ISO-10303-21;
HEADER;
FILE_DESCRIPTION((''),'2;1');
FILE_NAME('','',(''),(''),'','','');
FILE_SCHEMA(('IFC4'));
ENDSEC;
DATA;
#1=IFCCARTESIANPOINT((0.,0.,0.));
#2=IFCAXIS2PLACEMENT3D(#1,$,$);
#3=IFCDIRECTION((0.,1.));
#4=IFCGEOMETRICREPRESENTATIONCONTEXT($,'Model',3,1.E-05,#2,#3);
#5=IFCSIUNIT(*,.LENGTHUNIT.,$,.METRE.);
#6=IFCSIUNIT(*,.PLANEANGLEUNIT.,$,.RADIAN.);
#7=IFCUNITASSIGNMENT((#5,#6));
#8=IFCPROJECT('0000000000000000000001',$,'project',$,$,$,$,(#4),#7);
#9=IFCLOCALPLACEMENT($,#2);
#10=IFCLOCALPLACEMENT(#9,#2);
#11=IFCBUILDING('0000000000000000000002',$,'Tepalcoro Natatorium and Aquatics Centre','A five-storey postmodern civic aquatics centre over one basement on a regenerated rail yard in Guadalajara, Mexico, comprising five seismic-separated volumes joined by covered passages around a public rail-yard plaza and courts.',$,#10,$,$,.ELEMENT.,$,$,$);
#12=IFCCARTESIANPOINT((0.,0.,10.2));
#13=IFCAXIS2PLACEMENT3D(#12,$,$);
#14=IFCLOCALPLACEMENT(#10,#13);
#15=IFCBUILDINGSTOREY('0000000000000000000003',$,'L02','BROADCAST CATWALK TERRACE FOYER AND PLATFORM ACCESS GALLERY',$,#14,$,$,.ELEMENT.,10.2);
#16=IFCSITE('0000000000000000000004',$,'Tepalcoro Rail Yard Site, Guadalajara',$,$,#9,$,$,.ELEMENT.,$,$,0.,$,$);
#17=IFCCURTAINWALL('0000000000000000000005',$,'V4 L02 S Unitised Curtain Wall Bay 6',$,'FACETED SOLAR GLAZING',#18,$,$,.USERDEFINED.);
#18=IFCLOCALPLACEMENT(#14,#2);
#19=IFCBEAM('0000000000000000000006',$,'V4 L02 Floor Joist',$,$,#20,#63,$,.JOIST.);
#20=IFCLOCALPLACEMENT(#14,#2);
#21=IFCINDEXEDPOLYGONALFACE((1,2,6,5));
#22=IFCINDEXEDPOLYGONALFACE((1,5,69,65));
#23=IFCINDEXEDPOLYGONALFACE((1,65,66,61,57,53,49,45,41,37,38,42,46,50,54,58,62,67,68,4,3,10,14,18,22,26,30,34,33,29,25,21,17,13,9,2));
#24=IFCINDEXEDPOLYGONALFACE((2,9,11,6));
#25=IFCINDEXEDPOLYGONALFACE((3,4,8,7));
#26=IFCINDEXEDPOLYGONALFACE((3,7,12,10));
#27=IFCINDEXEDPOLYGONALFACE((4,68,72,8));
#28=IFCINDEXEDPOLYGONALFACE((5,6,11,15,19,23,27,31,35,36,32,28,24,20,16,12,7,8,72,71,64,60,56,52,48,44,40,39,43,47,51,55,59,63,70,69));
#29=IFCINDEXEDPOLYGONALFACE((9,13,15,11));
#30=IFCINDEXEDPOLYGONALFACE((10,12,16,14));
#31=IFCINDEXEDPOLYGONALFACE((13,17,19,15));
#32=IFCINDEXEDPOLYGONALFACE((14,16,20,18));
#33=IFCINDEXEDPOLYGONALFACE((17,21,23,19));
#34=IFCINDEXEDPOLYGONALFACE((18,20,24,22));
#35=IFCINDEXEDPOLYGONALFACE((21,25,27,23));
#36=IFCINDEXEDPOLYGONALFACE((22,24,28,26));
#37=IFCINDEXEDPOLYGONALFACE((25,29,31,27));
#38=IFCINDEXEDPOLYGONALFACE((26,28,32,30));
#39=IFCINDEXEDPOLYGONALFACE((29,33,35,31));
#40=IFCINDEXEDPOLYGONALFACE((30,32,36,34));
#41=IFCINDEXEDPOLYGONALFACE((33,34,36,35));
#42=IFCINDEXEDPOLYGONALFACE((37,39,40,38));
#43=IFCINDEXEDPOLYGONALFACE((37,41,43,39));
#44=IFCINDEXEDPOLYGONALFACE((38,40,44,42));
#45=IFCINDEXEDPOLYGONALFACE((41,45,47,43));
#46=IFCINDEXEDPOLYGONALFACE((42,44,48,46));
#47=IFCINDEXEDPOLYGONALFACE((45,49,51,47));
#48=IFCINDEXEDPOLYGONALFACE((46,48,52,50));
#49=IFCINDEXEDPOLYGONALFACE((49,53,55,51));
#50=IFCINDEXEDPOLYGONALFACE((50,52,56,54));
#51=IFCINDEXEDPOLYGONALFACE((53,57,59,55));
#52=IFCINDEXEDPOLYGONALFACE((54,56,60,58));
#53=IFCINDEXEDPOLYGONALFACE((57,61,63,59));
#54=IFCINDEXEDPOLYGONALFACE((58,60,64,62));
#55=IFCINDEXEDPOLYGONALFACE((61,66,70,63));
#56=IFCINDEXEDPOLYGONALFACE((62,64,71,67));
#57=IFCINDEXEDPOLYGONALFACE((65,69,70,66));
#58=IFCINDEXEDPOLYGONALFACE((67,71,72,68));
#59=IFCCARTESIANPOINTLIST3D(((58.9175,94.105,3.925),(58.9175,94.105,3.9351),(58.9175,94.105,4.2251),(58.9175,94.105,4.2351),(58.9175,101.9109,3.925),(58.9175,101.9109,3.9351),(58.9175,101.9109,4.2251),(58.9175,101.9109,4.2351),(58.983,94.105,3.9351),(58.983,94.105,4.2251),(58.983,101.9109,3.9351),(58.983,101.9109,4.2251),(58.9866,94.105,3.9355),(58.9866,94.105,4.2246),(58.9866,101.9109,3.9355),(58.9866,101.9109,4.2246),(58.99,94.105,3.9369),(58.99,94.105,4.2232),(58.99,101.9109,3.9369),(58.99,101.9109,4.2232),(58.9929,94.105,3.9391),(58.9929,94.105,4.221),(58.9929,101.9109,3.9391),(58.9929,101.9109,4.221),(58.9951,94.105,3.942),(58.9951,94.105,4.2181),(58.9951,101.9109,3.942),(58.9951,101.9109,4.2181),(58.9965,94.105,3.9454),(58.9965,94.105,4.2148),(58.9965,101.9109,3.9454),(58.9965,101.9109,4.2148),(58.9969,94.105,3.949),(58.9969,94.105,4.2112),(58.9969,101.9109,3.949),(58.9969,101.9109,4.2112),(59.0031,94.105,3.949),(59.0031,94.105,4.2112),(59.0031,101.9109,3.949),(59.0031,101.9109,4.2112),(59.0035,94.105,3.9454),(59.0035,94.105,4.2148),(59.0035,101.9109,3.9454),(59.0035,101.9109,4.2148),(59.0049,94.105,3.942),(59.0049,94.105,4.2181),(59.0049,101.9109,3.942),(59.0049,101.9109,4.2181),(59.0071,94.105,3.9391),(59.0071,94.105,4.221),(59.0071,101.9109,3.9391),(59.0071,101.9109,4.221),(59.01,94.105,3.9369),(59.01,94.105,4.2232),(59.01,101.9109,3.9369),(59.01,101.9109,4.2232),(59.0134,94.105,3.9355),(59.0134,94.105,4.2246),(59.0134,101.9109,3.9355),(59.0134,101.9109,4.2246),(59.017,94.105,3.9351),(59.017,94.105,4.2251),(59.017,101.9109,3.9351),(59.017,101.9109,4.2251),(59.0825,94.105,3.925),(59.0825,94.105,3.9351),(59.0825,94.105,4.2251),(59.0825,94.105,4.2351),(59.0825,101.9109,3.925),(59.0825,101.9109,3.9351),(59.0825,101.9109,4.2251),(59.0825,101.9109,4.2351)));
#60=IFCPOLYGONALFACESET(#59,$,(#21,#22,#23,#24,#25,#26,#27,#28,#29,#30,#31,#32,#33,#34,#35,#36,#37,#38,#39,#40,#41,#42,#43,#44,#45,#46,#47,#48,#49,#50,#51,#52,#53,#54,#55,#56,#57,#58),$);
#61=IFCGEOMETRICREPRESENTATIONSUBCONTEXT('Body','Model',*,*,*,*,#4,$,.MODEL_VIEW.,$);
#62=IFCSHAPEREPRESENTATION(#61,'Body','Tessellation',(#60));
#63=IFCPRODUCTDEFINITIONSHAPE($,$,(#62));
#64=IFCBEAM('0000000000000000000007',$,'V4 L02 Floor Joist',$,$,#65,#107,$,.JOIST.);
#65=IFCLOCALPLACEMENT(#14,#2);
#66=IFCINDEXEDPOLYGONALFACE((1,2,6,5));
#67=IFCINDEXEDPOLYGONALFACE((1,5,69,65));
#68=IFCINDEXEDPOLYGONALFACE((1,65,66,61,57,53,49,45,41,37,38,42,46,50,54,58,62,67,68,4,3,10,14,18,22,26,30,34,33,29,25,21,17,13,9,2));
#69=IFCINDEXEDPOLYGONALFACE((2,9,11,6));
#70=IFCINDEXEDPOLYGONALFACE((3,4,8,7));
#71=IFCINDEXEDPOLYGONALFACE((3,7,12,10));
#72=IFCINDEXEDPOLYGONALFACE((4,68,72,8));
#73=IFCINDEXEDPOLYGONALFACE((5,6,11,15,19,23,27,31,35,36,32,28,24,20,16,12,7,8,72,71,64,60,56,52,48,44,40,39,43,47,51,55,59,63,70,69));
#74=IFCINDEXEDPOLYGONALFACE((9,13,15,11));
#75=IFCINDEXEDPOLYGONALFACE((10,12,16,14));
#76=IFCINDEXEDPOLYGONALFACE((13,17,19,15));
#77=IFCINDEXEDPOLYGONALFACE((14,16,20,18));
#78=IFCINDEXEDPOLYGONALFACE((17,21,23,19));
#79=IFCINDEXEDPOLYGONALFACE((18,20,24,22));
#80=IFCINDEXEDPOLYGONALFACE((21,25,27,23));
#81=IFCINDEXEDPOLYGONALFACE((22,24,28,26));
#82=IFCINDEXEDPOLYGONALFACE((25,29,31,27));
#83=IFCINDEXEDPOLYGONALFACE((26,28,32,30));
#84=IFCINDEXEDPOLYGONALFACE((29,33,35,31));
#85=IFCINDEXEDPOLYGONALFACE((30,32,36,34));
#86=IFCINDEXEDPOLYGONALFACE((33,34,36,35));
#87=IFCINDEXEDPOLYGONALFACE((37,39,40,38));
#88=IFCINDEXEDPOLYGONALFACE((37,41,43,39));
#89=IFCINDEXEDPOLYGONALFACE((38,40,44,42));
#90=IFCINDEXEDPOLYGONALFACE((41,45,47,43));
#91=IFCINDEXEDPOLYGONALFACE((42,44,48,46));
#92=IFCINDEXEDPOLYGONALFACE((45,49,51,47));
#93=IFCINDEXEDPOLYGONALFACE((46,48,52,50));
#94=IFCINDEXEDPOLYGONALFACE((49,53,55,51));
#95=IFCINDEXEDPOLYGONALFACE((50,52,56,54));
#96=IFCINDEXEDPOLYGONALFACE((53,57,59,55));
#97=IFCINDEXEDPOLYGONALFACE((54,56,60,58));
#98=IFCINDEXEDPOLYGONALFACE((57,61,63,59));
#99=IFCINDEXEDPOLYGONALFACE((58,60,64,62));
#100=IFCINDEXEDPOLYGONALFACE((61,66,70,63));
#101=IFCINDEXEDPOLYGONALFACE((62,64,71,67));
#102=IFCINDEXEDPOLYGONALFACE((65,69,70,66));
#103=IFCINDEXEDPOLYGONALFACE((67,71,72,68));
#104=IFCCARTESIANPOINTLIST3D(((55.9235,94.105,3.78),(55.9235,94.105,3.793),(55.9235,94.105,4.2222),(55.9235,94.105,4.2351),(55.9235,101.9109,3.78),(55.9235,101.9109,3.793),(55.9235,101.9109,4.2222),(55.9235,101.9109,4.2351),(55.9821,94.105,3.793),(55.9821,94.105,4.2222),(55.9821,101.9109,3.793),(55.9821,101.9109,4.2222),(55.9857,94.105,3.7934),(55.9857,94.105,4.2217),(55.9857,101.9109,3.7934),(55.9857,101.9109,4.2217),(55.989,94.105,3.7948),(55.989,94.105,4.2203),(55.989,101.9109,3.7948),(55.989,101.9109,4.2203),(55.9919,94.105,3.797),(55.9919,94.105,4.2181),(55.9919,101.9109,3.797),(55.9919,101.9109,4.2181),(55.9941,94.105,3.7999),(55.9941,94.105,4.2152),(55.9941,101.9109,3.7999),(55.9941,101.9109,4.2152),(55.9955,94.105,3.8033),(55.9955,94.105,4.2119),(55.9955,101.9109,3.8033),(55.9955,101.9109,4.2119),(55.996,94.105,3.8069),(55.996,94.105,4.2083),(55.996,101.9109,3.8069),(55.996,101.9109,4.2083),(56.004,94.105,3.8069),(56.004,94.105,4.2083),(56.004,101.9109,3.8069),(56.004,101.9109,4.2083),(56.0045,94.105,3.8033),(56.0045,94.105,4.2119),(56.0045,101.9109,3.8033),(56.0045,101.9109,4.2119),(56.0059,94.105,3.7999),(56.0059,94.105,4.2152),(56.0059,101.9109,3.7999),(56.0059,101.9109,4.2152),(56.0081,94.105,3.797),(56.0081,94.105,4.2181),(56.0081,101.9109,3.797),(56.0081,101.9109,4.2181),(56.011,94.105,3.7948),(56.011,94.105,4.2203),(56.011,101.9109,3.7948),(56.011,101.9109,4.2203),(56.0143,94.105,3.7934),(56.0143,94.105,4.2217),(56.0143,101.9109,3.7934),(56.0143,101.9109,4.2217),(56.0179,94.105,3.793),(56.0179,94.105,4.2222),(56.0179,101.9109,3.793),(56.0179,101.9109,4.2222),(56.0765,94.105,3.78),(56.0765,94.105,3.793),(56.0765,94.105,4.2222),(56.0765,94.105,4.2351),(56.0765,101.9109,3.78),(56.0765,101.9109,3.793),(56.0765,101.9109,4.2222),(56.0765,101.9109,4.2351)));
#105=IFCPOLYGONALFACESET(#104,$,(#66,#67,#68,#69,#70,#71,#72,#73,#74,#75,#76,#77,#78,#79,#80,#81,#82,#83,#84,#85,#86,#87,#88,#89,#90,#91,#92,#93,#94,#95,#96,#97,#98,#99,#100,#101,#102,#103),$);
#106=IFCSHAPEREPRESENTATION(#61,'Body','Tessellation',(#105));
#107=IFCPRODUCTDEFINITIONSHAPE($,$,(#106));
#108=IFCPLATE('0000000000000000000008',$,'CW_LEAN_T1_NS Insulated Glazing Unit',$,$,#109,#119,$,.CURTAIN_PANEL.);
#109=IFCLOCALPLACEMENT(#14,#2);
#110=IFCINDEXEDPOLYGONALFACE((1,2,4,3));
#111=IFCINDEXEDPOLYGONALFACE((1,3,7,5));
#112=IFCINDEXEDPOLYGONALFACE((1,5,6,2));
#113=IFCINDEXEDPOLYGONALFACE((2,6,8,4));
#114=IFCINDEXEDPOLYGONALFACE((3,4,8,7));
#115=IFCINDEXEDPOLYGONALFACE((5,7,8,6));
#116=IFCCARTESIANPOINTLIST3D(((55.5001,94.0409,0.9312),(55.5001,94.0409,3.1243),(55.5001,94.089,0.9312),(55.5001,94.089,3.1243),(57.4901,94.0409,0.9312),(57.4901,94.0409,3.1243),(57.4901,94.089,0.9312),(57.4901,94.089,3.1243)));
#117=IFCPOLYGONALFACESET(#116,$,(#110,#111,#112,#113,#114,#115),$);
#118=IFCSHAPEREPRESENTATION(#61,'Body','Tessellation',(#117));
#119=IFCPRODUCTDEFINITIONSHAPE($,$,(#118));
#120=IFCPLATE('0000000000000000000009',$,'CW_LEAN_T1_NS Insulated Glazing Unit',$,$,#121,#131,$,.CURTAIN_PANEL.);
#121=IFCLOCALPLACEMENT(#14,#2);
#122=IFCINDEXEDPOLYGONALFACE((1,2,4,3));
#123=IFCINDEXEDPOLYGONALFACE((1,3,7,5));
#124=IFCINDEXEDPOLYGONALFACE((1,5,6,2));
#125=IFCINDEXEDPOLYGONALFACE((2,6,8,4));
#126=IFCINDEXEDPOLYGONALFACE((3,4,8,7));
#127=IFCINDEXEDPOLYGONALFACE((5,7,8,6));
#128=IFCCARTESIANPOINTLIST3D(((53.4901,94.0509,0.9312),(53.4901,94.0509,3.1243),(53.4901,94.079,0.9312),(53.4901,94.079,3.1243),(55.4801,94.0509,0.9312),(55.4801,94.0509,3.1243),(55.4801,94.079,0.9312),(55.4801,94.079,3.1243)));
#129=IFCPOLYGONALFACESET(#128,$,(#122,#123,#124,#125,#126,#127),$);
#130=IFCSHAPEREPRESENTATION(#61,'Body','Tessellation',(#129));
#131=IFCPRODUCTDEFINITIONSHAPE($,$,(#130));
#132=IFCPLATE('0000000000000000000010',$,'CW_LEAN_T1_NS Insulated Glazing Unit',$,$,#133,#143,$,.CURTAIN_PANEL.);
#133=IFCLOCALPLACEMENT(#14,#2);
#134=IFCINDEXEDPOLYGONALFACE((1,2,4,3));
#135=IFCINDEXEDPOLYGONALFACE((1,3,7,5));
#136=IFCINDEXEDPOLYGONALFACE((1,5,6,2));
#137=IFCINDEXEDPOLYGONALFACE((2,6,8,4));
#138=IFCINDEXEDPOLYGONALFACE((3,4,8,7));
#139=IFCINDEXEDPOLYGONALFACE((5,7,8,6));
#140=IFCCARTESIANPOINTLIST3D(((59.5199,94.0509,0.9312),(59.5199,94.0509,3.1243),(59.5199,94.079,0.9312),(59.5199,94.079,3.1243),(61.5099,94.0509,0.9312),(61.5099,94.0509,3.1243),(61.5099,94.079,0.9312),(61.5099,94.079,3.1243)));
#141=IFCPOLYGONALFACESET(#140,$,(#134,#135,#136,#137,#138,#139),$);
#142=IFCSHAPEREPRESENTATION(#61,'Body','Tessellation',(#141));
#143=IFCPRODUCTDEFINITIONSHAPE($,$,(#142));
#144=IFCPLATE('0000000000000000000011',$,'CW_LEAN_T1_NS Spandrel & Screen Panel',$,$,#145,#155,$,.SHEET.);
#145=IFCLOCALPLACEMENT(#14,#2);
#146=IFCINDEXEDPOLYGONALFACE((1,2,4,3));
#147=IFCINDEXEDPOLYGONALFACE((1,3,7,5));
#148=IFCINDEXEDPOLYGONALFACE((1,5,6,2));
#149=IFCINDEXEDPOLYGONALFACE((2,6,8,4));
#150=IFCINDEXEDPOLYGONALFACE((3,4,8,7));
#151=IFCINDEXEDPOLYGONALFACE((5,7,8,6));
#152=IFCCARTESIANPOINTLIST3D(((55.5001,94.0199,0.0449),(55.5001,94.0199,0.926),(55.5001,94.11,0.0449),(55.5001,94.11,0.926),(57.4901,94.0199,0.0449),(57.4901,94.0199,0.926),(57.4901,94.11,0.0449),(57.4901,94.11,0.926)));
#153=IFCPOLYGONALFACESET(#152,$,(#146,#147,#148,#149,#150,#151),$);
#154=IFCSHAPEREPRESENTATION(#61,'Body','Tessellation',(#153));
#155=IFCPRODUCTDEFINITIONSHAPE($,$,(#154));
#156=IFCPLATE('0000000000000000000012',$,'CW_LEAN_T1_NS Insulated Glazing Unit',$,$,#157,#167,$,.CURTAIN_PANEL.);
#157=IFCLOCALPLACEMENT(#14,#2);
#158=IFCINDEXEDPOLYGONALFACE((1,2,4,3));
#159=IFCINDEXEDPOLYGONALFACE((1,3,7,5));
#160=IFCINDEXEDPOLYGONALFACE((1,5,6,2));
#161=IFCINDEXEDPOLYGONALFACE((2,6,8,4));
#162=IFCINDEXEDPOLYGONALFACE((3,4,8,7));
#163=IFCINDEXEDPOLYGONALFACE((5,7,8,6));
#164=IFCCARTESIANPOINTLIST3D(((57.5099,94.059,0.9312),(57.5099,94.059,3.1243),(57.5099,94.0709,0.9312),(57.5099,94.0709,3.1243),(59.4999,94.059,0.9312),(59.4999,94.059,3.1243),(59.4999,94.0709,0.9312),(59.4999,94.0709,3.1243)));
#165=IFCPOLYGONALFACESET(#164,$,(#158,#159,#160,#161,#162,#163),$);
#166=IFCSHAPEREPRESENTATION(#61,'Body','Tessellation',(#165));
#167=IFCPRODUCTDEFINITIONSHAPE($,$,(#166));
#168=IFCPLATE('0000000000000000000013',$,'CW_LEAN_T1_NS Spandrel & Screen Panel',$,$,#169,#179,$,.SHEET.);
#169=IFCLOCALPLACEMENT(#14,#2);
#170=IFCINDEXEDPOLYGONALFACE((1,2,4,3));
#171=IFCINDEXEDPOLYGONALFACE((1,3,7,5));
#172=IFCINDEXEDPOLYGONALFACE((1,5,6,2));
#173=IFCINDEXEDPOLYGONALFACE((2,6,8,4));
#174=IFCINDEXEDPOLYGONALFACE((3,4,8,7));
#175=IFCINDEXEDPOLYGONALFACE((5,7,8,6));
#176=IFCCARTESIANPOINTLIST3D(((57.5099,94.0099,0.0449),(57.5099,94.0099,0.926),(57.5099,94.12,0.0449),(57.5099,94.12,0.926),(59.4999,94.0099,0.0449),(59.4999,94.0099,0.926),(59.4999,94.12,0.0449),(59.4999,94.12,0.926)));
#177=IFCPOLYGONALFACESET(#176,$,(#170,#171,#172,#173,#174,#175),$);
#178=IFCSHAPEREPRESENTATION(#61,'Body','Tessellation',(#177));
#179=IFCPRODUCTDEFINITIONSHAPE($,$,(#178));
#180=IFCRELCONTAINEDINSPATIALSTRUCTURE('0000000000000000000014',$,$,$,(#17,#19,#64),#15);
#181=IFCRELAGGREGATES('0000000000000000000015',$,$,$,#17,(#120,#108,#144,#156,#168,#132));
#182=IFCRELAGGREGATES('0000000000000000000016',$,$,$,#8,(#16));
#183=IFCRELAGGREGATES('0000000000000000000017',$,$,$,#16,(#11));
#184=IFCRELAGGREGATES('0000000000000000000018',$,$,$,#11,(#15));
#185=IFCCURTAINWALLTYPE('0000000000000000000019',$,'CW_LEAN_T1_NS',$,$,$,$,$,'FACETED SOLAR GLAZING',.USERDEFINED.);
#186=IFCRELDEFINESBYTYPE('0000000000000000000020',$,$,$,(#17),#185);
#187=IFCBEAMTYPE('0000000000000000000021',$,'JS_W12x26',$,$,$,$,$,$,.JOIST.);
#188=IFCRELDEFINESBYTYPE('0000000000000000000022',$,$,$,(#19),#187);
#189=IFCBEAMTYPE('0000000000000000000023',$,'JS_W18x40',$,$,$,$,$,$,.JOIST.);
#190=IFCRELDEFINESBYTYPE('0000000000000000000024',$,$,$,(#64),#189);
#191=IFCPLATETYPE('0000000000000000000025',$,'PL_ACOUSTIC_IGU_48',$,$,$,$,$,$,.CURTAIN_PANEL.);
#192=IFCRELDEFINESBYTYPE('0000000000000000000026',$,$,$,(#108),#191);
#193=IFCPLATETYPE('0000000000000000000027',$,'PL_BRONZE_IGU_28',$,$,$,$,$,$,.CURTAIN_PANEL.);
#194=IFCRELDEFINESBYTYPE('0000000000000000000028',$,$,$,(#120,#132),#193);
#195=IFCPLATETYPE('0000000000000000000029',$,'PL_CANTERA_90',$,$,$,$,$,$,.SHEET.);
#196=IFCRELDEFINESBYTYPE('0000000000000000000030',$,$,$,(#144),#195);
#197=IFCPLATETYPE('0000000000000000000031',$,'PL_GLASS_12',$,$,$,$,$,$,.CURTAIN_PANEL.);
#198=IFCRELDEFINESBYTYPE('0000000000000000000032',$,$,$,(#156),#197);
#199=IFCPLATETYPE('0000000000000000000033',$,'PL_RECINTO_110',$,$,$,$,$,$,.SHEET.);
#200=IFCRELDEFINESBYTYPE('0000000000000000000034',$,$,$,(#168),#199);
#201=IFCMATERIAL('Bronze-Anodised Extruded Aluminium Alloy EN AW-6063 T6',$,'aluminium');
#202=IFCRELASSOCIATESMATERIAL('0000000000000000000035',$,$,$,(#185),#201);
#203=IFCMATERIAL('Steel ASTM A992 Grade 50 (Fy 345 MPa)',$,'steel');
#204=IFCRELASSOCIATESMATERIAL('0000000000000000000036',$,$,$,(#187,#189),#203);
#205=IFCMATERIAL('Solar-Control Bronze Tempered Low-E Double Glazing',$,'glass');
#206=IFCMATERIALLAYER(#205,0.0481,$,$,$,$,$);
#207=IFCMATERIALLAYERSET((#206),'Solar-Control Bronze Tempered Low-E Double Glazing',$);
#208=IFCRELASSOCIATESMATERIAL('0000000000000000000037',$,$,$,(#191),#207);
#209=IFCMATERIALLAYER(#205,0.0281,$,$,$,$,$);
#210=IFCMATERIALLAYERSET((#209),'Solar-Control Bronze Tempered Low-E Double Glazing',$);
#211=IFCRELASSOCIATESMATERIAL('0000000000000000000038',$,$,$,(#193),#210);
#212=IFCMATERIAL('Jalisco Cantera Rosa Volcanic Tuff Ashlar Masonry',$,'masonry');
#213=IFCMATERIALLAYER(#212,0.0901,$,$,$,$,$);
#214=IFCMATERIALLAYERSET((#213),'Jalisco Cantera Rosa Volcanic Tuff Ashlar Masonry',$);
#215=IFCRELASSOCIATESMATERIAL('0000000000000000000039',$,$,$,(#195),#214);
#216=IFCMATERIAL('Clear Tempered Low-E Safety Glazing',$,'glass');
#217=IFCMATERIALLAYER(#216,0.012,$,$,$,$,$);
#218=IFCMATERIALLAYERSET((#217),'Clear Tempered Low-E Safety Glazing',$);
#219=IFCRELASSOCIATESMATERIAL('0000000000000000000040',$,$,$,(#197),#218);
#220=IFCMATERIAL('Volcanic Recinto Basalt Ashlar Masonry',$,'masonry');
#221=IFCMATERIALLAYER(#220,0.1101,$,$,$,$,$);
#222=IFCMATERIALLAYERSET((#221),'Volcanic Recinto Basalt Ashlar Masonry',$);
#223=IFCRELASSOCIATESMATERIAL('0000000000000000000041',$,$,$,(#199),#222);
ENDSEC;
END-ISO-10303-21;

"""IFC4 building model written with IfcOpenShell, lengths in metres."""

from ifc_helpers import new_model, si_unit, direction, frame, origin, origin_2d, place, context, subcontext, project, spatial, rectangle, i_section, extrude, material, layer, layer_set, material_profile, profile_set, type_object, element, aggregate, save


model = new_model("IFC4")

# Units and contexts
model_context = context("Model", 3, precision=1e-05, world=origin(), true_north=direction((0.0, 1.0)))
body_context = subcontext(model_context, "Body", "Model", "MODEL_VIEW")
ifc_project = project(units=[si_unit("LENGTHUNIT", "METRE"), si_unit("PLANEANGLEUNIT", "RADIAN")], contexts=[model_context])

# Site, building, storey
site_placement = place(None, origin())
site = spatial("IfcSite", under=ifc_project, at=site_placement, Name="Tepalcoro Rail Yard Site, Guadalajara", CompositionType="ELEMENT", RefElevation=0.0)
building_placement = place(site_placement, origin())
building = spatial("IfcBuilding", under=site, at=building_placement, Name="Tepalcoro Natatorium and Aquatics Centre", Description="A five-storey postmodern civic aquatics centre over one basement on a regenerated rail yard in Guadalajara, Mexico, comprising five seismic-separated volumes joined by covered passages around a public rail-yard plaza and courts.", CompositionType="ELEMENT")
storey_placement = place(building_placement, frame((0.0, 0.0, 10.2)))
storey = spatial("IfcBuildingStorey", under=building, at=storey_placement, Name="L02", Description="BROADCAST CATWALK TERRACE FOYER AND PLATFORM ACCESS GALLERY", CompositionType="ELEMENT", Elevation=10.2)

# Curtain wall
ifc_material_1 = material(Name="Bronze-Anodised Extruded Aluminium Alloy EN AW-6063 T6", Category="aluminium")
curtain_wall_type = type_object("IfcCurtainWallType", Name="CW_LEAN_T1_NS", ElementType="FACETED SOLAR GLAZING", PredefinedType="USERDEFINED", material=ifc_material_1)
curtain_wall_placement = place(storey_placement, origin())
curtain_wall = element("IfcCurtainWall", 1, at=curtain_wall_placement, inside=storey, type_object=curtain_wall_type, Name="V4 L02 S Unitised Curtain Wall Bay 6", ObjectType="FACETED SOLAR GLAZING", PredefinedType="USERDEFINED")

# Beams
ifc_material_2 = material(Name="Steel ASTM A992 Grade 50 (Fy 345 MPa)", Category="steel")
ifc_material_profile_1 = material_profile(ifc_material_2, i_section(OverallWidth=0.165, OverallDepth=0.3101, WebThickness=0.0061, FlangeThickness=0.01, FilletRadius=0.0139, at=origin_2d()), Name="W12X26")
ifc_profile_set_1 = profile_set([ifc_material_profile_1], Name="Steel ASTM A992 Grade 50 (Fy 345 MPa)")
beam_type_1 = type_object("IfcBeamType", Name="JS_W12x26", PredefinedType="JOIST", material=ifc_profile_set_1)
beam_1_placement = place(storey_placement, frame((59.0, 94.105, 4.0801), z_axis=(0.0, 1.0, 0.0), x_axis=(-1.0, 0.0, 0.0)))
element("IfcBeam", 2, at=beam_1_placement, inside=storey, type_object=beam_type_1, Name="V4 L02 Floor Joist", PredefinedType="JOIST", context=body_context, shape_type="SweptSolid", body=[
    extrude(i_section(OverallWidth=0.165, OverallDepth=0.3101, WebThickness=0.0061, FlangeThickness=0.01, FilletRadius=0.0139, at=origin_2d()), origin(), (0.0, 0.0, 1.0), 7.8059),
])
ifc_material_profile_2 = material_profile(ifc_material_2, i_section(OverallWidth=0.1531, OverallDepth=0.4551, WebThickness=0.0081, FlangeThickness=0.0129, FilletRadius=0.0139, at=origin_2d()), Name="W18X40")
ifc_profile_set_2 = profile_set([ifc_material_profile_2], Name="Steel ASTM A992 Grade 50 (Fy 345 MPa)")
beam_type_2 = type_object("IfcBeamType", Name="JS_W18x40", PredefinedType="JOIST", material=ifc_profile_set_2)
beam_2_placement = place(storey_placement, frame((56.0, 94.105, 4.0076), z_axis=(0.0, 1.0, 0.0), x_axis=(-1.0, 0.0, 0.0)))
element("IfcBeam", 3, at=beam_2_placement, inside=storey, type_object=beam_type_2, Name="V4 L02 Floor Joist", PredefinedType="JOIST", context=body_context, shape_type="SweptSolid", body=[
    extrude(i_section(OverallWidth=0.1531, OverallDepth=0.4551, WebThickness=0.0081, FlangeThickness=0.0129, FilletRadius=0.0139, at=origin_2d()), origin(), (0.0, 0.0, 1.0), 7.8059),
])

# Plates
ifc_material_3 = material(Name="Solar-Control Bronze Tempered Low-E Double Glazing", Category="glass")
ifc_layer_1 = layer(ifc_material_3, 0.0481)
ifc_layer_set_1 = layer_set([ifc_layer_1], Name="Solar-Control Bronze Tempered Low-E Double Glazing")
plate_type_1 = type_object("IfcPlateType", Name="PL_ACOUSTIC_IGU_48", PredefinedType="CURTAIN_PANEL", material=ifc_layer_set_1)
plate_1_placement = place(storey_placement, frame((56.4951, 94.0649, 0.9312), z_axis=(0.0, 0.0, 1.0), x_axis=(1.0, 0.0, 0.0)))
plate_1 = element("IfcPlate", 4, at=plate_1_placement, type_object=plate_type_1, Name="CW_LEAN_T1_NS Insulated Glazing Unit", PredefinedType="CURTAIN_PANEL", context=body_context, shape_type="SweptSolid", body=[
    extrude(rectangle(XDim=1.99, YDim=0.0481, at=origin_2d()), origin(), (0.0, 0.0, 1.0), 2.1931),
])
ifc_layer_2 = layer(ifc_material_3, 0.0281)
ifc_layer_set_2 = layer_set([ifc_layer_2], Name="Solar-Control Bronze Tempered Low-E Double Glazing")
plate_type_2 = type_object("IfcPlateType", Name="PL_BRONZE_IGU_28", PredefinedType="CURTAIN_PANEL", material=ifc_layer_set_2)
plate_2_placement = place(storey_placement, frame((54.4851, 94.0649, 0.9312), z_axis=(0.0, 0.0, 1.0), x_axis=(1.0, 0.0, 0.0)))
plate_2 = element("IfcPlate", 5, at=plate_2_placement, type_object=plate_type_2, Name="CW_LEAN_T1_NS Insulated Glazing Unit", PredefinedType="CURTAIN_PANEL", context=body_context, shape_type="SweptSolid", body=[
    extrude(rectangle(XDim=1.99, YDim=0.0281, at=origin_2d()), origin(), (0.0, 0.0, 1.0), 2.1931),
])
plate_3_placement = place(storey_placement, frame((60.5149, 94.0649, 0.9312), z_axis=(0.0, 0.0, 1.0), x_axis=(1.0, 0.0, 0.0)))
plate_3 = element("IfcPlate", 6, at=plate_3_placement, type_object=plate_type_2, Name="CW_LEAN_T1_NS Insulated Glazing Unit", PredefinedType="CURTAIN_PANEL", context=body_context, shape_type="SweptSolid", body=[
    extrude(rectangle(XDim=1.99, YDim=0.0281, at=origin_2d()), origin(), (0.0, 0.0, 1.0), 2.1931),
])
ifc_material_4 = material(Name="Jalisco Cantera Rosa Volcanic Tuff Ashlar Masonry", Category="masonry")
ifc_layer_3 = layer(ifc_material_4, 0.0901)
ifc_layer_set_3 = layer_set([ifc_layer_3], Name="Jalisco Cantera Rosa Volcanic Tuff Ashlar Masonry")
plate_type_3 = type_object("IfcPlateType", Name="PL_CANTERA_90", PredefinedType="SHEET", material=ifc_layer_set_3)
plate_4_placement = place(storey_placement, frame((56.4951, 94.0649, 0.0449), z_axis=(0.0, 0.0, 1.0), x_axis=(1.0, 0.0, 0.0)))
plate_4 = element("IfcPlate", 7, at=plate_4_placement, type_object=plate_type_3, Name="CW_LEAN_T1_NS Spandrel & Screen Panel", PredefinedType="SHEET", context=body_context, shape_type="SweptSolid", body=[
    extrude(rectangle(XDim=1.99, YDim=0.0901, at=origin_2d()), origin(), (0.0, 0.0, 1.0), 0.8811),
])
ifc_material_5 = material(Name="Clear Tempered Low-E Safety Glazing", Category="glass")
ifc_layer_4 = layer(ifc_material_5, 0.012)
ifc_layer_set_4 = layer_set([ifc_layer_4], Name="Clear Tempered Low-E Safety Glazing")
plate_type_4 = type_object("IfcPlateType", Name="PL_GLASS_12", PredefinedType="CURTAIN_PANEL", material=ifc_layer_set_4)
plate_5_placement = place(storey_placement, frame((58.5049, 94.0649, 0.9312), z_axis=(0.0, 0.0, 1.0), x_axis=(1.0, 0.0, 0.0)))
plate_5 = element("IfcPlate", 8, at=plate_5_placement, type_object=plate_type_4, Name="CW_LEAN_T1_NS Insulated Glazing Unit", PredefinedType="CURTAIN_PANEL", context=body_context, shape_type="SweptSolid", body=[
    extrude(rectangle(XDim=1.99, YDim=0.012, at=origin_2d()), origin(), (0.0, 0.0, 1.0), 2.1931),
])
ifc_material_6 = material(Name="Volcanic Recinto Basalt Ashlar Masonry", Category="masonry")
ifc_layer_5 = layer(ifc_material_6, 0.1101)
ifc_layer_set_5 = layer_set([ifc_layer_5], Name="Volcanic Recinto Basalt Ashlar Masonry")
plate_type_5 = type_object("IfcPlateType", Name="PL_RECINTO_110", PredefinedType="SHEET", material=ifc_layer_set_5)
plate_6_placement = place(storey_placement, frame((58.5049, 94.0649, 0.0449), z_axis=(0.0, 0.0, 1.0), x_axis=(1.0, 0.0, 0.0)))
plate_6 = element("IfcPlate", 9, at=plate_6_placement, type_object=plate_type_5, Name="CW_LEAN_T1_NS Spandrel & Screen Panel", PredefinedType="SHEET", context=body_context, shape_type="SweptSolid", body=[
    extrude(rectangle(XDim=1.99, YDim=0.1101, at=origin_2d()), origin(), (0.0, 0.0, 1.0), 0.8811),
])
aggregate(curtain_wall, [plate_2, plate_1, plate_4, plate_5, plate_6, plate_3])

save(model, "model.ifc")
